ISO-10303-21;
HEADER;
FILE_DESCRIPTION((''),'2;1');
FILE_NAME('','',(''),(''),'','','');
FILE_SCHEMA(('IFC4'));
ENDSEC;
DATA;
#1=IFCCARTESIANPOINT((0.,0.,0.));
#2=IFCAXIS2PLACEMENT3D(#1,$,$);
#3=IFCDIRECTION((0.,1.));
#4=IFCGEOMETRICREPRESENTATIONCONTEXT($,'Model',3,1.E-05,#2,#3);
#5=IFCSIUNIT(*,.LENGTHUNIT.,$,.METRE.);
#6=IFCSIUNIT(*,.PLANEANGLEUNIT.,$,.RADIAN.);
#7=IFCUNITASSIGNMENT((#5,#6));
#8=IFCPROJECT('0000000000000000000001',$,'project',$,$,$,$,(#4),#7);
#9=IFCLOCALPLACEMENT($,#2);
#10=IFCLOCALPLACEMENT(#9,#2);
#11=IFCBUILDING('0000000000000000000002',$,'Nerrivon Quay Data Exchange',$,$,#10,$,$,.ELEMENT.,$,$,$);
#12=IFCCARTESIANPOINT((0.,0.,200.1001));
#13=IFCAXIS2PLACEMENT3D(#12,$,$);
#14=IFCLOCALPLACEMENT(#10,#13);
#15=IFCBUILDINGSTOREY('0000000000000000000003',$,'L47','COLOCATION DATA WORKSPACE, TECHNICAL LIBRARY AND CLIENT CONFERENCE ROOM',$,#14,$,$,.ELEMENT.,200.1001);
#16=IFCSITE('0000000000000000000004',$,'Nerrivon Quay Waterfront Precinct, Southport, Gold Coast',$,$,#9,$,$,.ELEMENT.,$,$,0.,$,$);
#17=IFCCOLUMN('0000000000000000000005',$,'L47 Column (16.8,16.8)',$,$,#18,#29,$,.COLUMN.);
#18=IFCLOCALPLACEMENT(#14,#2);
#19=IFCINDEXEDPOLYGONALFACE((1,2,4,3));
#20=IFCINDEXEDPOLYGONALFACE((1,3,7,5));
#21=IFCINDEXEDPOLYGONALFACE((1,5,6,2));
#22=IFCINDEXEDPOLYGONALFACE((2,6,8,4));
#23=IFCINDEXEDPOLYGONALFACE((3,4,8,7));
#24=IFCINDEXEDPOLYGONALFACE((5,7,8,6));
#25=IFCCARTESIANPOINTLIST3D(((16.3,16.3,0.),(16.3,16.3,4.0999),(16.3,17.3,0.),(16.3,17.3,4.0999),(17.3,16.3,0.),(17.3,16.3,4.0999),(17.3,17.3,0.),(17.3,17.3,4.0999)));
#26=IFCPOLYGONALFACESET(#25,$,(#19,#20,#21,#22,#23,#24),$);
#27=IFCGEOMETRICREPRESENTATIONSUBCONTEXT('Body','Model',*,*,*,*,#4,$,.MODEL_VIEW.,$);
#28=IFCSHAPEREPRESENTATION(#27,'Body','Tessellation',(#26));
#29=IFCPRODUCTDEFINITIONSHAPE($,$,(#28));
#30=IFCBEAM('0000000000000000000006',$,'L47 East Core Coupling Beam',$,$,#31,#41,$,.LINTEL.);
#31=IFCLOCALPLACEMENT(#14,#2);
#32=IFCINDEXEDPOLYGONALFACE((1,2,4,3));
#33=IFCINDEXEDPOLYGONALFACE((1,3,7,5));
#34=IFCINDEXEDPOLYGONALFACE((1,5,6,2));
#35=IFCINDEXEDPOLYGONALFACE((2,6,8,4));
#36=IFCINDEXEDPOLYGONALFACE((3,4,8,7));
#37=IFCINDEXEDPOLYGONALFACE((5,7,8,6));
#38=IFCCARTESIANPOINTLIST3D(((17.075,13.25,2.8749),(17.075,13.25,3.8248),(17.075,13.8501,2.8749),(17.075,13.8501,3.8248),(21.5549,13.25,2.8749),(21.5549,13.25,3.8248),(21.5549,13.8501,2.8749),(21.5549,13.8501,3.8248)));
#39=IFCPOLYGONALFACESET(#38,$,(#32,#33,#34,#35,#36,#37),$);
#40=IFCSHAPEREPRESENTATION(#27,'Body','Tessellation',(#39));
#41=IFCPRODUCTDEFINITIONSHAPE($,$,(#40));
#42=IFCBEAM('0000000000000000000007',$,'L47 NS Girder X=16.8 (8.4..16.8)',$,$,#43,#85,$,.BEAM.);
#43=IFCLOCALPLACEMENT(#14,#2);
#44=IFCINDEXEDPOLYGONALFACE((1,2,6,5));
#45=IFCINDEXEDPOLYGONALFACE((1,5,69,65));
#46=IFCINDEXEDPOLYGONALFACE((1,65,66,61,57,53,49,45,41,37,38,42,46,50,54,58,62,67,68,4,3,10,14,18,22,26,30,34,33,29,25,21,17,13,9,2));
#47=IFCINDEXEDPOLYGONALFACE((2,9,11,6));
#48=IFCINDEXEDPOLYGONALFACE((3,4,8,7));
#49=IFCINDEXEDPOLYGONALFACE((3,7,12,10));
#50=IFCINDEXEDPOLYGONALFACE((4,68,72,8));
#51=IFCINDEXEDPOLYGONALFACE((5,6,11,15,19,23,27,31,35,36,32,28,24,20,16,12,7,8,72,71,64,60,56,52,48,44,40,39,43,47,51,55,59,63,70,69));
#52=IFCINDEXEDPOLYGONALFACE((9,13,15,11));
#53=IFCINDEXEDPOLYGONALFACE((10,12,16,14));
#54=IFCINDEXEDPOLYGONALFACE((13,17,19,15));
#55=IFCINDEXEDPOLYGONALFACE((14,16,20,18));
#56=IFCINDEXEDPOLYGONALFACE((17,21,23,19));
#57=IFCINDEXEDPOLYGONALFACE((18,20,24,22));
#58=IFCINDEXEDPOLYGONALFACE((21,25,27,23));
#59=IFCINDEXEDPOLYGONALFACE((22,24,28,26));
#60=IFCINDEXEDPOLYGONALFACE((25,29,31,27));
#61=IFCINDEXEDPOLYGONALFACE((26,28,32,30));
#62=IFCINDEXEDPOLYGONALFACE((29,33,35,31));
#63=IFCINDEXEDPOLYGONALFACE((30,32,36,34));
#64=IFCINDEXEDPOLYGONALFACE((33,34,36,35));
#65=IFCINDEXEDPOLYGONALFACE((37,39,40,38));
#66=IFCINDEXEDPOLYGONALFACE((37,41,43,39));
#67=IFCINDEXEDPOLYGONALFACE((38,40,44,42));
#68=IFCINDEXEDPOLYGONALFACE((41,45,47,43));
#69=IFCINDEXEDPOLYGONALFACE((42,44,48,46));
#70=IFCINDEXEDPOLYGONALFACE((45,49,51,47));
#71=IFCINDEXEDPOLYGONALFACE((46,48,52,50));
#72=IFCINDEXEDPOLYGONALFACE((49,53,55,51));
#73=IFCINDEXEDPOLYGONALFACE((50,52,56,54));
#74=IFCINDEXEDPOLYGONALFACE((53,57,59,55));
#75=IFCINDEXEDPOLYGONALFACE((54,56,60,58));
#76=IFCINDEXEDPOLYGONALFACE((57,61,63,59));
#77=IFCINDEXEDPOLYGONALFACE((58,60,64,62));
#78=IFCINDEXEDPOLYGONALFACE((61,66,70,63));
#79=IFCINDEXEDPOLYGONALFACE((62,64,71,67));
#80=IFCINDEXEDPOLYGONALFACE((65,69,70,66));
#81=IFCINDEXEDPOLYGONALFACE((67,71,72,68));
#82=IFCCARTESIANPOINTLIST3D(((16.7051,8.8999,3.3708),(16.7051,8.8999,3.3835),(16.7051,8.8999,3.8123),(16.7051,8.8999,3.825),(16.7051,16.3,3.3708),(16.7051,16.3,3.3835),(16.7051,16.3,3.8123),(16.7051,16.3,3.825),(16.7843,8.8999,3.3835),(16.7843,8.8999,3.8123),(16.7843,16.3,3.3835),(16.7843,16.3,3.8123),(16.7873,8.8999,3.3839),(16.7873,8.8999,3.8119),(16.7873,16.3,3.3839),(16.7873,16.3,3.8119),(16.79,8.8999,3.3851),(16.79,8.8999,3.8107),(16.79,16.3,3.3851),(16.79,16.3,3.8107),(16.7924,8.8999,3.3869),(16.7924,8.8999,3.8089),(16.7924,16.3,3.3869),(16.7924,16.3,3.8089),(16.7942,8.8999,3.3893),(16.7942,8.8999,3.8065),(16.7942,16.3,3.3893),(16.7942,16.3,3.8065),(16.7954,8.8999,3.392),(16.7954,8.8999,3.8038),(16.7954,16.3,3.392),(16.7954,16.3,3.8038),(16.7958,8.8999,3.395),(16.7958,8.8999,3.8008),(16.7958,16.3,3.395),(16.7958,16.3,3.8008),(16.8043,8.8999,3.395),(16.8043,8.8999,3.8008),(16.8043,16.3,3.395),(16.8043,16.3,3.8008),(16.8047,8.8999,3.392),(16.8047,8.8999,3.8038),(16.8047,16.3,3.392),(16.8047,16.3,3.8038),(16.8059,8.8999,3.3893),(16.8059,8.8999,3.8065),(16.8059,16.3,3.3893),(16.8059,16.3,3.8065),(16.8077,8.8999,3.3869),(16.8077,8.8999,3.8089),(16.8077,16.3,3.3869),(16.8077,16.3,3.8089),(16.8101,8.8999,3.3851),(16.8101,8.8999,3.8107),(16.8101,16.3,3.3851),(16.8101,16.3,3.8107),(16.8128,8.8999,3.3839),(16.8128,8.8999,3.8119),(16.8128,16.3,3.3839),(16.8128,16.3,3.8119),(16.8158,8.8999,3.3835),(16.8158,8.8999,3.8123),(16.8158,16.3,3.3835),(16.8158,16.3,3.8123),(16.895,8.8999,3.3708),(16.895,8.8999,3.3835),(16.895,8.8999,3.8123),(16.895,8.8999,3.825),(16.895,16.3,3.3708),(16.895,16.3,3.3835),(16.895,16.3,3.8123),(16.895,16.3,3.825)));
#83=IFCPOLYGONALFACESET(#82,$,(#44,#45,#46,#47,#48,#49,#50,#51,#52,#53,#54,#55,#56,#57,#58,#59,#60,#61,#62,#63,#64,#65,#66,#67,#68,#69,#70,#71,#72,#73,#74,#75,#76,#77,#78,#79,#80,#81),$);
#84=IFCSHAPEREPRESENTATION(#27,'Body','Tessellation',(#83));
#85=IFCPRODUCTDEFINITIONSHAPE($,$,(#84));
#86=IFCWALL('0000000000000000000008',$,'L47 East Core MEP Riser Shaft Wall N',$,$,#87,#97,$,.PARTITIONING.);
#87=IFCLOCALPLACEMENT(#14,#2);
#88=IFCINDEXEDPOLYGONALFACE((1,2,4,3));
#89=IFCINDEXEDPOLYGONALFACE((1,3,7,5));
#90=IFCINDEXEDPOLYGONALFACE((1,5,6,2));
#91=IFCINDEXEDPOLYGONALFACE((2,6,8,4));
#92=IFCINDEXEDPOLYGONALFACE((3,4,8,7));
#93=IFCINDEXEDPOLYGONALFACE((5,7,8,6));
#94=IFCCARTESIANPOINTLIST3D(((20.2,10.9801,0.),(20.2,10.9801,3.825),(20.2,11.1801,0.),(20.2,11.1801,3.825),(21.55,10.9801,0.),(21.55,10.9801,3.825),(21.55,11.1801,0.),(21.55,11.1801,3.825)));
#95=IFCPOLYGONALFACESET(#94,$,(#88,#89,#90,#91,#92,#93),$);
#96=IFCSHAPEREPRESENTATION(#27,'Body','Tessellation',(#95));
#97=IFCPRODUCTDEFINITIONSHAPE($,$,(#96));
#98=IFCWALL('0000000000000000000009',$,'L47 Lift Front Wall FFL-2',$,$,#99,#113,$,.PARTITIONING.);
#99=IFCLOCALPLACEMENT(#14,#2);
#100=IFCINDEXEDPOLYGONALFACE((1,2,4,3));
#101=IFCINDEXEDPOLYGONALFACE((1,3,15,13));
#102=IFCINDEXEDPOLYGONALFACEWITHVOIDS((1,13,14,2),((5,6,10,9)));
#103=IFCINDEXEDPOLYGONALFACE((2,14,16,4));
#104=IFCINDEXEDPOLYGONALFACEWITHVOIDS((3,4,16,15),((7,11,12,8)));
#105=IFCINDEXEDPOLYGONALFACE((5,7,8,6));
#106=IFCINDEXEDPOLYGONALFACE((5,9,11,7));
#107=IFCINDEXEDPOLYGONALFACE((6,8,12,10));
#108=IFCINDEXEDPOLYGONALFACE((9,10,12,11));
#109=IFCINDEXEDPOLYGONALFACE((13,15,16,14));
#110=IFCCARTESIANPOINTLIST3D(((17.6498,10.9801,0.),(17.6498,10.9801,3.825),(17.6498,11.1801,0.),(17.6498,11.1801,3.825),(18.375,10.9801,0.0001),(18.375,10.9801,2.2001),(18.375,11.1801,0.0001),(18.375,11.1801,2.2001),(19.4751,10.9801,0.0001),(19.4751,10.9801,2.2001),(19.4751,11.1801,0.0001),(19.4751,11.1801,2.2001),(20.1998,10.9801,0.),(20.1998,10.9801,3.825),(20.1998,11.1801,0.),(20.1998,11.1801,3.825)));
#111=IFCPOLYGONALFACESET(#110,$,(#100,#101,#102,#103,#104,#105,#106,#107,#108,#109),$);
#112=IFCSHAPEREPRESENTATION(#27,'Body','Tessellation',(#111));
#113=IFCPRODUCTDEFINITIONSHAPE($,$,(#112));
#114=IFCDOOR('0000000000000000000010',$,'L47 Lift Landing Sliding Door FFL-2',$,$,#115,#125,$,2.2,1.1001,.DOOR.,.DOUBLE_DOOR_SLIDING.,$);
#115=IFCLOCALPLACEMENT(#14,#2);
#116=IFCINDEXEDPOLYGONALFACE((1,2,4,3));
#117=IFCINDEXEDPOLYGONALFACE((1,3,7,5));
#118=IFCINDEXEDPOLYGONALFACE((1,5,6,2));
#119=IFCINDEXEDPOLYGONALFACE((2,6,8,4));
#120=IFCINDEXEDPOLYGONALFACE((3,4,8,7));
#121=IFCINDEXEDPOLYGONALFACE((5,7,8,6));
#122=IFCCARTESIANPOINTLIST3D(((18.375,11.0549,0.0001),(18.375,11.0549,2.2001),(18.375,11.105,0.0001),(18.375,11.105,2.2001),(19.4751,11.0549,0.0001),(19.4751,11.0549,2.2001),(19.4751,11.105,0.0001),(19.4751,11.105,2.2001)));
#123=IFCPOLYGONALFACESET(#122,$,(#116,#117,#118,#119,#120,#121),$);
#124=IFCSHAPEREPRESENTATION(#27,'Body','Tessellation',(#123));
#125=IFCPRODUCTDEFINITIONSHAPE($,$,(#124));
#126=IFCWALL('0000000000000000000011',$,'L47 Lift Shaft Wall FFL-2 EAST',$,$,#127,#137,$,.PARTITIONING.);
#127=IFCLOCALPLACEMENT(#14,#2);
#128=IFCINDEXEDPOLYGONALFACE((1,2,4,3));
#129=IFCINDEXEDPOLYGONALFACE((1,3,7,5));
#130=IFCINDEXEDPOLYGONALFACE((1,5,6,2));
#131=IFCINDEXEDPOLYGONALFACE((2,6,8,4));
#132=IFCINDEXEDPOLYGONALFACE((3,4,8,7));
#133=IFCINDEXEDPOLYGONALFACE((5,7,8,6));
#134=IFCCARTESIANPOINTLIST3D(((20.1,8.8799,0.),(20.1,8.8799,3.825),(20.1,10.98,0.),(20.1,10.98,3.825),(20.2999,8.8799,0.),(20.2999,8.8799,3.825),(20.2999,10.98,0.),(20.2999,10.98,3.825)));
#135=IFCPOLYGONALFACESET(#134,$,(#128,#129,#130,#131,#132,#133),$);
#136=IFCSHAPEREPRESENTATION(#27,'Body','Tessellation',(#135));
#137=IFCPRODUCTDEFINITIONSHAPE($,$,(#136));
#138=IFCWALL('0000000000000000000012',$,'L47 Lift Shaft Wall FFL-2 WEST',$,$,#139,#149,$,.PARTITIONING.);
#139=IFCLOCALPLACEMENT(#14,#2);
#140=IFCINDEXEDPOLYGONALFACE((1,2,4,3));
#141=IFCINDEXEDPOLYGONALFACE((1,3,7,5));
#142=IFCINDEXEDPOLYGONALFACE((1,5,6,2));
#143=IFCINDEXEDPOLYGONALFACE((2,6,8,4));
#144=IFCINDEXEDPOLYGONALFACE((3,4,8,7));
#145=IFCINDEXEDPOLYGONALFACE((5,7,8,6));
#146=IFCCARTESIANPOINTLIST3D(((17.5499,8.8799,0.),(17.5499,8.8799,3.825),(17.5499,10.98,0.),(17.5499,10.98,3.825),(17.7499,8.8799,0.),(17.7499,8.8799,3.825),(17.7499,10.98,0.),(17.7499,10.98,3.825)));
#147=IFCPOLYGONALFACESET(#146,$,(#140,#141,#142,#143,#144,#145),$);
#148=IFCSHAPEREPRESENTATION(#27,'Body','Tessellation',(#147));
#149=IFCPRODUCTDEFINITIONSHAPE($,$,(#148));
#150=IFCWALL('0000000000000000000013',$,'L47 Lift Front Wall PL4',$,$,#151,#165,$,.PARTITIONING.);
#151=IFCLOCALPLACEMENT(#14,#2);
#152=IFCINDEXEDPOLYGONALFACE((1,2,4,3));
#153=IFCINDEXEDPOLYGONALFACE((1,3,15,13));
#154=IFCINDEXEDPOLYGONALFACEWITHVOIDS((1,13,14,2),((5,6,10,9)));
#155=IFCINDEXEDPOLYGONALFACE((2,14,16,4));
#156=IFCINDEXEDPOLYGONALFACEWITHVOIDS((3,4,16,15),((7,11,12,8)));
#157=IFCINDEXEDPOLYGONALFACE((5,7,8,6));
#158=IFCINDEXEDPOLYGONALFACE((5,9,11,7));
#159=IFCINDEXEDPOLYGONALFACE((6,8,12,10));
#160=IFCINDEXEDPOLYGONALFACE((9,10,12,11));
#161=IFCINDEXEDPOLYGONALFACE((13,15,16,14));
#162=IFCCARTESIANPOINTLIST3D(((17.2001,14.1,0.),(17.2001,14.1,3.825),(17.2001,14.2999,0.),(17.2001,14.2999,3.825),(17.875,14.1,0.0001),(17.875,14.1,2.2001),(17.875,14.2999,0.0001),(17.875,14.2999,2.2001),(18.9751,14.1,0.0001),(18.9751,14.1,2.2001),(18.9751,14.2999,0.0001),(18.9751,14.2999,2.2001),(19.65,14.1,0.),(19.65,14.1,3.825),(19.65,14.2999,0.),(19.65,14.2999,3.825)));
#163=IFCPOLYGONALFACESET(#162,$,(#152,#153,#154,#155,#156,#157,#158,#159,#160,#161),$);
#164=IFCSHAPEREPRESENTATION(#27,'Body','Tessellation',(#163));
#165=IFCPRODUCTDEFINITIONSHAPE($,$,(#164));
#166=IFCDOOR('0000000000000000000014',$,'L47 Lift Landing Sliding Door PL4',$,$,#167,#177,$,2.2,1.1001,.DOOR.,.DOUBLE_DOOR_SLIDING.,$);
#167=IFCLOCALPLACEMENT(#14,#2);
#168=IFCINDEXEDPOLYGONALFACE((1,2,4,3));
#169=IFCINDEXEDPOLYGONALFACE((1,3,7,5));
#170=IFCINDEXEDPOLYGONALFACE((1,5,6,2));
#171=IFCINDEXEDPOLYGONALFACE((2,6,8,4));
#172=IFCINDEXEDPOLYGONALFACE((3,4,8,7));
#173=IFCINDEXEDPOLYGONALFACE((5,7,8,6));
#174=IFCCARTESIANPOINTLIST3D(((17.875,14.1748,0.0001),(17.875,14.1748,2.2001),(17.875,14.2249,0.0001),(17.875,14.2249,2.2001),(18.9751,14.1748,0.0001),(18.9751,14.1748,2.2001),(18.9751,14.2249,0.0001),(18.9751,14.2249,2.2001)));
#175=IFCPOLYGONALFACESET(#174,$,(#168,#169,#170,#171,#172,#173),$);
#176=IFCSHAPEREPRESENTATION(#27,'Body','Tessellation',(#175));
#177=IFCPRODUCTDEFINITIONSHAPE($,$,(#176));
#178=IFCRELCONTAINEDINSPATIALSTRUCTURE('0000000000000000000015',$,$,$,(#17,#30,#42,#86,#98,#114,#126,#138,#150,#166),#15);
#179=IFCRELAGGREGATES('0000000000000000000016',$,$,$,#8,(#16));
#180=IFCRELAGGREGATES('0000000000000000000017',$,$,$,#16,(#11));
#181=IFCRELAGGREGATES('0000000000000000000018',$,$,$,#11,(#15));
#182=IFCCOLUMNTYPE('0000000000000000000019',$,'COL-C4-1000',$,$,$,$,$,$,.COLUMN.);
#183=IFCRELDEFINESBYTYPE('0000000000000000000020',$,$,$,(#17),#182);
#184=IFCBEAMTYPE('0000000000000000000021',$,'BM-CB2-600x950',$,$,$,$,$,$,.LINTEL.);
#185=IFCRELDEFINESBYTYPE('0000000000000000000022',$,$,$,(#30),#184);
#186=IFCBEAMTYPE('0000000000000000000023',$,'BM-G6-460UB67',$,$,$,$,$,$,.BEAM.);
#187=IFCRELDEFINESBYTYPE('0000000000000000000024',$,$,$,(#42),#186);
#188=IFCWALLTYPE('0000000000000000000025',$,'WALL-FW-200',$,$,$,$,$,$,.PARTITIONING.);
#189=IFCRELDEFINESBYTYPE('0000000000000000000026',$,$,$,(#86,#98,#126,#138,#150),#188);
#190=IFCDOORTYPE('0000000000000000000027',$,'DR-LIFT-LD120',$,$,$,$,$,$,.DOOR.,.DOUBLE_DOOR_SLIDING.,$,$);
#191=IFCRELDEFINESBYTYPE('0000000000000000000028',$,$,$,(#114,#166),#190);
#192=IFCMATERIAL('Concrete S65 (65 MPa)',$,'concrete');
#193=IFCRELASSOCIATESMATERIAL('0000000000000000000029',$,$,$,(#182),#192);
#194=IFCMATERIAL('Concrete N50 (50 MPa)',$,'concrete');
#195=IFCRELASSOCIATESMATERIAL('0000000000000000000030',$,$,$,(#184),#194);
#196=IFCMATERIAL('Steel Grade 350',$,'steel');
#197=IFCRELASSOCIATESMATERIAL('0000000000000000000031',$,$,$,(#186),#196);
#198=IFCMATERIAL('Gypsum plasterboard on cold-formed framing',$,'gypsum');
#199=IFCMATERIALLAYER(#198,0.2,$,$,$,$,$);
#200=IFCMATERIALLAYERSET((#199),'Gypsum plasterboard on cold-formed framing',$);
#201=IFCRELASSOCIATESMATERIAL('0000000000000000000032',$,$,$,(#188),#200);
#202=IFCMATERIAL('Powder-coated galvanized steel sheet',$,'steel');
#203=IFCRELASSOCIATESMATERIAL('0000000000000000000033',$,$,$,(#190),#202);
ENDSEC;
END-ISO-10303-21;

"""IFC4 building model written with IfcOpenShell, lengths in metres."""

from ifc_helpers import new_model, si_unit, direction, frame, frame_2d, origin, origin_2d, place, context, subcontext, project, spatial, rectangle, i_section, extrude, material, layer, layer_set, material_profile, profile_set, type_object, element, fill, save


model = new_model("IFC4")

# Units and contexts
model_context = context("Model", 3, precision=1e-05, world=origin(), true_north=direction((0.0, 1.0)))
body_context = subcontext(model_context, "Body", "Model", "MODEL_VIEW")
ifc_project = project(units=[si_unit("LENGTHUNIT", "METRE"), si_unit("PLANEANGLEUNIT", "RADIAN")], contexts=[model_context])

# Site, building, storey
site_placement = place(None, origin())
site = spatial("IfcSite", under=ifc_project, at=site_placement, Name="Nerrivon Quay Waterfront Precinct, Southport, Gold Coast", CompositionType="ELEMENT", RefElevation=0.0)
building_placement = place(site_placement, origin())
building = spatial("IfcBuilding", under=site, at=building_placement, Name="Nerrivon Quay Data Exchange", CompositionType="ELEMENT")
storey_placement = place(building_placement, frame((0.0, 0.0, 200.1001)))
storey = spatial("IfcBuildingStorey", under=building, at=storey_placement, Name="L47", Description="COLOCATION DATA WORKSPACE, TECHNICAL LIBRARY AND CLIENT CONFERENCE ROOM", CompositionType="ELEMENT", Elevation=200.1001)

# Column
ifc_material_1 = material(Name="Concrete S65 (65 MPa)", Category="concrete")
ifc_material_profile_1 = material_profile(ifc_material_1, rectangle(XDim=1.0, YDim=1.0, at=origin_2d()), Name="RC-COL-1000x1000")
ifc_profile_set_1 = profile_set([ifc_material_profile_1], Name="Concrete S65 (65 MPa)")
column_type = type_object("IfcColumnType", Name="COL-C4-1000", PredefinedType="COLUMN", material=ifc_profile_set_1)
column_placement = place(storey_placement, frame((16.8, 16.8, 0.0), z_axis=(0.0, 0.0, 1.0), x_axis=(1.0, 0.0, 0.0)))
element("IfcColumn", 1, at=column_placement, inside=storey, type_object=column_type, Name="L47 Column (16.8,16.8)", PredefinedType="COLUMN", context=body_context, shape_type="SweptSolid", body=[
    extrude(rectangle(XDim=1.0, YDim=1.0, at=origin_2d()), origin(), (0.0, 0.0, 1.0), 4.0999),
])

# Beams
ifc_material_2 = material(Name="Concrete N50 (50 MPa)", Category="concrete")
ifc_material_profile_2 = material_profile(ifc_material_2, rectangle(XDim=0.6001, YDim=0.95, at=origin_2d()), Name="RC-CB-600x950")
ifc_profile_set_2 = profile_set([ifc_material_profile_2], Name="Concrete N50 (50 MPa)")
beam_type_1 = type_object("IfcBeamType", Name="BM-CB2-600x950", PredefinedType="LINTEL", material=ifc_profile_set_2)
beam_1_placement = place(storey_placement, frame((17.075, 13.55, 3.3499), z_axis=(1.0, 0.0, 0.0), x_axis=(0.0, 1.0, 0.0)))
element("IfcBeam", 2, at=beam_1_placement, inside=storey, type_object=beam_type_1, Name="L47 East Core Coupling Beam", PredefinedType="LINTEL", context=body_context, shape_type="SweptSolid", body=[
    extrude(rectangle(XDim=0.6001, YDim=0.95, at=origin_2d()), origin(), (0.0, 0.0, 1.0), 4.48),
])
ifc_material_3 = material(Name="Steel Grade 350", Category="steel")
ifc_material_profile_3 = material_profile(ifc_material_3, i_section(OverallWidth=0.1899, OverallDepth=0.4541, WebThickness=0.0085, FlangeThickness=0.0127, FilletRadius=0.0115, at=origin_2d()), Name="460UB67.1")
ifc_profile_set_3 = profile_set([ifc_material_profile_3], Name="Steel Grade 350")
beam_type_2 = type_object("IfcBeamType", Name="BM-G6-460UB67", PredefinedType="BEAM", material=ifc_profile_set_3)
beam_2_placement = place(storey_placement, frame((16.8, 8.8999, 3.5979), z_axis=(0.0, 1.0, 0.0), x_axis=(-1.0, 0.0, 0.0)))
element("IfcBeam", 3, at=beam_2_placement, inside=storey, type_object=beam_type_2, Name="L47 NS Girder X=16.8 (8.4..16.8)", PredefinedType="BEAM", context=body_context, shape_type="SweptSolid", body=[
    extrude(i_section(OverallWidth=0.1899, OverallDepth=0.4541, WebThickness=0.0085, FlangeThickness=0.0127, FilletRadius=0.0115, at=origin_2d()), origin(), (0.0, 0.0, 1.0), 7.4001),
])

# Shared definitions
ifc_material_4 = material(Name="Powder-coated galvanized steel sheet", Category="steel")

# Wall
ifc_material_5 = material(Name="Gypsum plasterboard on cold-formed framing", Category="gypsum")
ifc_layer_1 = layer(ifc_material_5, 0.2)
ifc_layer_set_1 = layer_set([ifc_layer_1], Name="Gypsum plasterboard on cold-formed framing")
wall_type_1 = type_object("IfcWallType", Name="WALL-FW-200", PredefinedType="PARTITIONING", material=ifc_layer_set_1)
wall_1_placement = place(storey_placement, frame((20.2, 11.0801, 0.0), z_axis=(0.0, 0.0, 1.0), x_axis=(1.0, 0.0, 0.0)))
element("IfcWall", 4, at=wall_1_placement, inside=storey, type_object=wall_type_1, Name="L47 East Core MEP Riser Shaft Wall N", PredefinedType="PARTITIONING", context=body_context, shape_type="SweptSolid", body=[
    extrude(rectangle(XDim=1.3501, YDim=0.2, at=frame_2d((0.675, 0.0))), origin(), (0.0, 0.0, 1.0), 3.825),
])

# Wall, opening, door
wall_2_placement = place(storey_placement, frame((17.6499, 11.0801, 0.0), z_axis=(0.0, 0.0, 1.0), x_axis=(1.0, 0.0, 0.0)))
wall_2 = element("IfcWall", 5, at=wall_2_placement, inside=storey, type_object=wall_type_1, Name="L47 Lift Front Wall FFL-2", PredefinedType="PARTITIONING", context=body_context, shape_type="SweptSolid", body=[
    extrude(rectangle(XDim=2.55, YDim=0.2, at=frame_2d((1.2749, 0.0))), origin(), (0.0, 0.0, 1.0), 3.825),
])
opening_1_placement = place(wall_2_placement, frame((0.7251, 0.0, 0.0)))
opening_1 = element("IfcOpeningElement", 6, at=opening_1_placement, cuts=wall_2, PredefinedType="OPENING", context=body_context, shape_type="SweptSolid", body=[
    extrude(rectangle(XDim=1.1001, YDim=2.2, at=frame_2d((0.55, 1.1001))), frame((0.0, 0.1099, 0.0), z_axis=(0.0, -1.0, 0.0), x_axis=(1.0, 0.0, 0.0)), (0.0, 0.0, 1.0), 0.22),
])
door_type_1 = type_object("IfcDoorType", Name="DR-LIFT-LD120", OperationType="DOUBLE_DOOR_SLIDING", PredefinedType="DOOR", material=ifc_material_4)
door_1_placement = place(opening_1_placement, origin())
door_1 = element("IfcDoor", 7, at=door_1_placement, inside=storey, type_object=door_type_1, Name="L47 Lift Landing Sliding Door FFL-2", OperationType="DOUBLE_DOOR_SLIDING", OverallHeight=2.2, OverallWidth=1.1001, PredefinedType="DOOR", context=body_context, shape_type="SweptSolid", body=[
    extrude(rectangle(XDim=1.1001, YDim=2.2, at=frame_2d((0.55, 1.1001))), frame((0.0, 0.0249, 0.0), z_axis=(0.0, -1.0, 0.0), x_axis=(1.0, 0.0, 0.0)), (0.0, 0.0, 1.0), 0.05),
])
fill(opening_1, door_1)

# Walls
for number, where, z_axis, x_axis, name in (
    (8, (20.2, 8.8799, 0.0), (0.0, 0.0, 1.0), (0.0, 1.0, 0.0), "L47 Lift Shaft Wall FFL-2 EAST"),
    (9, (17.6499, 8.8799, 0.0), (0.0, 0.0, 1.0), (0.0, 1.0, 0.0), "L47 Lift Shaft Wall FFL-2 WEST"),
):
    element("IfcWall", number, at=place(storey_placement, frame(where, z_axis=z_axis, x_axis=x_axis)), inside=storey, type_object=wall_type_1, Name=name, PredefinedType="PARTITIONING", context=body_context, shape_type="SweptSolid", body=[
        extrude(rectangle(XDim=2.1001, YDim=0.2, at=frame_2d((1.05, 0.0))), origin(), (0.0, 0.0, 1.0), 3.825),
    ])

# Wall, opening, door
wall_3_placement = place(storey_placement, frame((17.2, 14.2, 0.0), z_axis=(0.0, 0.0, 1.0), x_axis=(1.0, 0.0, 0.0)))
wall_3 = element("IfcWall", 10, at=wall_3_placement, inside=storey, type_object=wall_type_1, Name="L47 Lift Front Wall PL4", PredefinedType="PARTITIONING", context=body_context, shape_type="SweptSolid", body=[
    extrude(rectangle(XDim=2.45, YDim=0.2, at=frame_2d((1.2251, 0.0))), origin(), (0.0, 0.0, 1.0), 3.825),
])
opening_2_placement = place(wall_3_placement, frame((0.675, 0.0, 0.0)))
opening_2 = element("IfcOpeningElement", 11, at=opening_2_placement, cuts=wall_3, PredefinedType="OPENING", context=body_context, shape_type="SweptSolid", body=[
    extrude(rectangle(XDim=1.1001, YDim=2.2, at=frame_2d((0.55, 1.1001))), frame((0.0, 0.1099, 0.0), z_axis=(0.0, -1.0, 0.0), x_axis=(1.0, 0.0, 0.0)), (0.0, 0.0, 1.0), 0.22),
])
door_2_placement = place(opening_2_placement, origin())
door_2 = element("IfcDoor", 12, at=door_2_placement, inside=storey, type_object=door_type_1, Name="L47 Lift Landing Sliding Door PL4", OperationType="DOUBLE_DOOR_SLIDING", OverallHeight=2.2, OverallWidth=1.1001, PredefinedType="DOOR", context=body_context, shape_type="SweptSolid", body=[
    extrude(rectangle(XDim=1.1001, YDim=2.2, at=frame_2d((0.55, 1.1001))), frame((0.0, 0.0249, 0.0), z_axis=(0.0, -1.0, 0.0), x_axis=(1.0, 0.0, 0.0)), (0.0, 0.0, 1.0), 0.05),
])
fill(opening_2, door_2)

save(model, "model.ifc")
